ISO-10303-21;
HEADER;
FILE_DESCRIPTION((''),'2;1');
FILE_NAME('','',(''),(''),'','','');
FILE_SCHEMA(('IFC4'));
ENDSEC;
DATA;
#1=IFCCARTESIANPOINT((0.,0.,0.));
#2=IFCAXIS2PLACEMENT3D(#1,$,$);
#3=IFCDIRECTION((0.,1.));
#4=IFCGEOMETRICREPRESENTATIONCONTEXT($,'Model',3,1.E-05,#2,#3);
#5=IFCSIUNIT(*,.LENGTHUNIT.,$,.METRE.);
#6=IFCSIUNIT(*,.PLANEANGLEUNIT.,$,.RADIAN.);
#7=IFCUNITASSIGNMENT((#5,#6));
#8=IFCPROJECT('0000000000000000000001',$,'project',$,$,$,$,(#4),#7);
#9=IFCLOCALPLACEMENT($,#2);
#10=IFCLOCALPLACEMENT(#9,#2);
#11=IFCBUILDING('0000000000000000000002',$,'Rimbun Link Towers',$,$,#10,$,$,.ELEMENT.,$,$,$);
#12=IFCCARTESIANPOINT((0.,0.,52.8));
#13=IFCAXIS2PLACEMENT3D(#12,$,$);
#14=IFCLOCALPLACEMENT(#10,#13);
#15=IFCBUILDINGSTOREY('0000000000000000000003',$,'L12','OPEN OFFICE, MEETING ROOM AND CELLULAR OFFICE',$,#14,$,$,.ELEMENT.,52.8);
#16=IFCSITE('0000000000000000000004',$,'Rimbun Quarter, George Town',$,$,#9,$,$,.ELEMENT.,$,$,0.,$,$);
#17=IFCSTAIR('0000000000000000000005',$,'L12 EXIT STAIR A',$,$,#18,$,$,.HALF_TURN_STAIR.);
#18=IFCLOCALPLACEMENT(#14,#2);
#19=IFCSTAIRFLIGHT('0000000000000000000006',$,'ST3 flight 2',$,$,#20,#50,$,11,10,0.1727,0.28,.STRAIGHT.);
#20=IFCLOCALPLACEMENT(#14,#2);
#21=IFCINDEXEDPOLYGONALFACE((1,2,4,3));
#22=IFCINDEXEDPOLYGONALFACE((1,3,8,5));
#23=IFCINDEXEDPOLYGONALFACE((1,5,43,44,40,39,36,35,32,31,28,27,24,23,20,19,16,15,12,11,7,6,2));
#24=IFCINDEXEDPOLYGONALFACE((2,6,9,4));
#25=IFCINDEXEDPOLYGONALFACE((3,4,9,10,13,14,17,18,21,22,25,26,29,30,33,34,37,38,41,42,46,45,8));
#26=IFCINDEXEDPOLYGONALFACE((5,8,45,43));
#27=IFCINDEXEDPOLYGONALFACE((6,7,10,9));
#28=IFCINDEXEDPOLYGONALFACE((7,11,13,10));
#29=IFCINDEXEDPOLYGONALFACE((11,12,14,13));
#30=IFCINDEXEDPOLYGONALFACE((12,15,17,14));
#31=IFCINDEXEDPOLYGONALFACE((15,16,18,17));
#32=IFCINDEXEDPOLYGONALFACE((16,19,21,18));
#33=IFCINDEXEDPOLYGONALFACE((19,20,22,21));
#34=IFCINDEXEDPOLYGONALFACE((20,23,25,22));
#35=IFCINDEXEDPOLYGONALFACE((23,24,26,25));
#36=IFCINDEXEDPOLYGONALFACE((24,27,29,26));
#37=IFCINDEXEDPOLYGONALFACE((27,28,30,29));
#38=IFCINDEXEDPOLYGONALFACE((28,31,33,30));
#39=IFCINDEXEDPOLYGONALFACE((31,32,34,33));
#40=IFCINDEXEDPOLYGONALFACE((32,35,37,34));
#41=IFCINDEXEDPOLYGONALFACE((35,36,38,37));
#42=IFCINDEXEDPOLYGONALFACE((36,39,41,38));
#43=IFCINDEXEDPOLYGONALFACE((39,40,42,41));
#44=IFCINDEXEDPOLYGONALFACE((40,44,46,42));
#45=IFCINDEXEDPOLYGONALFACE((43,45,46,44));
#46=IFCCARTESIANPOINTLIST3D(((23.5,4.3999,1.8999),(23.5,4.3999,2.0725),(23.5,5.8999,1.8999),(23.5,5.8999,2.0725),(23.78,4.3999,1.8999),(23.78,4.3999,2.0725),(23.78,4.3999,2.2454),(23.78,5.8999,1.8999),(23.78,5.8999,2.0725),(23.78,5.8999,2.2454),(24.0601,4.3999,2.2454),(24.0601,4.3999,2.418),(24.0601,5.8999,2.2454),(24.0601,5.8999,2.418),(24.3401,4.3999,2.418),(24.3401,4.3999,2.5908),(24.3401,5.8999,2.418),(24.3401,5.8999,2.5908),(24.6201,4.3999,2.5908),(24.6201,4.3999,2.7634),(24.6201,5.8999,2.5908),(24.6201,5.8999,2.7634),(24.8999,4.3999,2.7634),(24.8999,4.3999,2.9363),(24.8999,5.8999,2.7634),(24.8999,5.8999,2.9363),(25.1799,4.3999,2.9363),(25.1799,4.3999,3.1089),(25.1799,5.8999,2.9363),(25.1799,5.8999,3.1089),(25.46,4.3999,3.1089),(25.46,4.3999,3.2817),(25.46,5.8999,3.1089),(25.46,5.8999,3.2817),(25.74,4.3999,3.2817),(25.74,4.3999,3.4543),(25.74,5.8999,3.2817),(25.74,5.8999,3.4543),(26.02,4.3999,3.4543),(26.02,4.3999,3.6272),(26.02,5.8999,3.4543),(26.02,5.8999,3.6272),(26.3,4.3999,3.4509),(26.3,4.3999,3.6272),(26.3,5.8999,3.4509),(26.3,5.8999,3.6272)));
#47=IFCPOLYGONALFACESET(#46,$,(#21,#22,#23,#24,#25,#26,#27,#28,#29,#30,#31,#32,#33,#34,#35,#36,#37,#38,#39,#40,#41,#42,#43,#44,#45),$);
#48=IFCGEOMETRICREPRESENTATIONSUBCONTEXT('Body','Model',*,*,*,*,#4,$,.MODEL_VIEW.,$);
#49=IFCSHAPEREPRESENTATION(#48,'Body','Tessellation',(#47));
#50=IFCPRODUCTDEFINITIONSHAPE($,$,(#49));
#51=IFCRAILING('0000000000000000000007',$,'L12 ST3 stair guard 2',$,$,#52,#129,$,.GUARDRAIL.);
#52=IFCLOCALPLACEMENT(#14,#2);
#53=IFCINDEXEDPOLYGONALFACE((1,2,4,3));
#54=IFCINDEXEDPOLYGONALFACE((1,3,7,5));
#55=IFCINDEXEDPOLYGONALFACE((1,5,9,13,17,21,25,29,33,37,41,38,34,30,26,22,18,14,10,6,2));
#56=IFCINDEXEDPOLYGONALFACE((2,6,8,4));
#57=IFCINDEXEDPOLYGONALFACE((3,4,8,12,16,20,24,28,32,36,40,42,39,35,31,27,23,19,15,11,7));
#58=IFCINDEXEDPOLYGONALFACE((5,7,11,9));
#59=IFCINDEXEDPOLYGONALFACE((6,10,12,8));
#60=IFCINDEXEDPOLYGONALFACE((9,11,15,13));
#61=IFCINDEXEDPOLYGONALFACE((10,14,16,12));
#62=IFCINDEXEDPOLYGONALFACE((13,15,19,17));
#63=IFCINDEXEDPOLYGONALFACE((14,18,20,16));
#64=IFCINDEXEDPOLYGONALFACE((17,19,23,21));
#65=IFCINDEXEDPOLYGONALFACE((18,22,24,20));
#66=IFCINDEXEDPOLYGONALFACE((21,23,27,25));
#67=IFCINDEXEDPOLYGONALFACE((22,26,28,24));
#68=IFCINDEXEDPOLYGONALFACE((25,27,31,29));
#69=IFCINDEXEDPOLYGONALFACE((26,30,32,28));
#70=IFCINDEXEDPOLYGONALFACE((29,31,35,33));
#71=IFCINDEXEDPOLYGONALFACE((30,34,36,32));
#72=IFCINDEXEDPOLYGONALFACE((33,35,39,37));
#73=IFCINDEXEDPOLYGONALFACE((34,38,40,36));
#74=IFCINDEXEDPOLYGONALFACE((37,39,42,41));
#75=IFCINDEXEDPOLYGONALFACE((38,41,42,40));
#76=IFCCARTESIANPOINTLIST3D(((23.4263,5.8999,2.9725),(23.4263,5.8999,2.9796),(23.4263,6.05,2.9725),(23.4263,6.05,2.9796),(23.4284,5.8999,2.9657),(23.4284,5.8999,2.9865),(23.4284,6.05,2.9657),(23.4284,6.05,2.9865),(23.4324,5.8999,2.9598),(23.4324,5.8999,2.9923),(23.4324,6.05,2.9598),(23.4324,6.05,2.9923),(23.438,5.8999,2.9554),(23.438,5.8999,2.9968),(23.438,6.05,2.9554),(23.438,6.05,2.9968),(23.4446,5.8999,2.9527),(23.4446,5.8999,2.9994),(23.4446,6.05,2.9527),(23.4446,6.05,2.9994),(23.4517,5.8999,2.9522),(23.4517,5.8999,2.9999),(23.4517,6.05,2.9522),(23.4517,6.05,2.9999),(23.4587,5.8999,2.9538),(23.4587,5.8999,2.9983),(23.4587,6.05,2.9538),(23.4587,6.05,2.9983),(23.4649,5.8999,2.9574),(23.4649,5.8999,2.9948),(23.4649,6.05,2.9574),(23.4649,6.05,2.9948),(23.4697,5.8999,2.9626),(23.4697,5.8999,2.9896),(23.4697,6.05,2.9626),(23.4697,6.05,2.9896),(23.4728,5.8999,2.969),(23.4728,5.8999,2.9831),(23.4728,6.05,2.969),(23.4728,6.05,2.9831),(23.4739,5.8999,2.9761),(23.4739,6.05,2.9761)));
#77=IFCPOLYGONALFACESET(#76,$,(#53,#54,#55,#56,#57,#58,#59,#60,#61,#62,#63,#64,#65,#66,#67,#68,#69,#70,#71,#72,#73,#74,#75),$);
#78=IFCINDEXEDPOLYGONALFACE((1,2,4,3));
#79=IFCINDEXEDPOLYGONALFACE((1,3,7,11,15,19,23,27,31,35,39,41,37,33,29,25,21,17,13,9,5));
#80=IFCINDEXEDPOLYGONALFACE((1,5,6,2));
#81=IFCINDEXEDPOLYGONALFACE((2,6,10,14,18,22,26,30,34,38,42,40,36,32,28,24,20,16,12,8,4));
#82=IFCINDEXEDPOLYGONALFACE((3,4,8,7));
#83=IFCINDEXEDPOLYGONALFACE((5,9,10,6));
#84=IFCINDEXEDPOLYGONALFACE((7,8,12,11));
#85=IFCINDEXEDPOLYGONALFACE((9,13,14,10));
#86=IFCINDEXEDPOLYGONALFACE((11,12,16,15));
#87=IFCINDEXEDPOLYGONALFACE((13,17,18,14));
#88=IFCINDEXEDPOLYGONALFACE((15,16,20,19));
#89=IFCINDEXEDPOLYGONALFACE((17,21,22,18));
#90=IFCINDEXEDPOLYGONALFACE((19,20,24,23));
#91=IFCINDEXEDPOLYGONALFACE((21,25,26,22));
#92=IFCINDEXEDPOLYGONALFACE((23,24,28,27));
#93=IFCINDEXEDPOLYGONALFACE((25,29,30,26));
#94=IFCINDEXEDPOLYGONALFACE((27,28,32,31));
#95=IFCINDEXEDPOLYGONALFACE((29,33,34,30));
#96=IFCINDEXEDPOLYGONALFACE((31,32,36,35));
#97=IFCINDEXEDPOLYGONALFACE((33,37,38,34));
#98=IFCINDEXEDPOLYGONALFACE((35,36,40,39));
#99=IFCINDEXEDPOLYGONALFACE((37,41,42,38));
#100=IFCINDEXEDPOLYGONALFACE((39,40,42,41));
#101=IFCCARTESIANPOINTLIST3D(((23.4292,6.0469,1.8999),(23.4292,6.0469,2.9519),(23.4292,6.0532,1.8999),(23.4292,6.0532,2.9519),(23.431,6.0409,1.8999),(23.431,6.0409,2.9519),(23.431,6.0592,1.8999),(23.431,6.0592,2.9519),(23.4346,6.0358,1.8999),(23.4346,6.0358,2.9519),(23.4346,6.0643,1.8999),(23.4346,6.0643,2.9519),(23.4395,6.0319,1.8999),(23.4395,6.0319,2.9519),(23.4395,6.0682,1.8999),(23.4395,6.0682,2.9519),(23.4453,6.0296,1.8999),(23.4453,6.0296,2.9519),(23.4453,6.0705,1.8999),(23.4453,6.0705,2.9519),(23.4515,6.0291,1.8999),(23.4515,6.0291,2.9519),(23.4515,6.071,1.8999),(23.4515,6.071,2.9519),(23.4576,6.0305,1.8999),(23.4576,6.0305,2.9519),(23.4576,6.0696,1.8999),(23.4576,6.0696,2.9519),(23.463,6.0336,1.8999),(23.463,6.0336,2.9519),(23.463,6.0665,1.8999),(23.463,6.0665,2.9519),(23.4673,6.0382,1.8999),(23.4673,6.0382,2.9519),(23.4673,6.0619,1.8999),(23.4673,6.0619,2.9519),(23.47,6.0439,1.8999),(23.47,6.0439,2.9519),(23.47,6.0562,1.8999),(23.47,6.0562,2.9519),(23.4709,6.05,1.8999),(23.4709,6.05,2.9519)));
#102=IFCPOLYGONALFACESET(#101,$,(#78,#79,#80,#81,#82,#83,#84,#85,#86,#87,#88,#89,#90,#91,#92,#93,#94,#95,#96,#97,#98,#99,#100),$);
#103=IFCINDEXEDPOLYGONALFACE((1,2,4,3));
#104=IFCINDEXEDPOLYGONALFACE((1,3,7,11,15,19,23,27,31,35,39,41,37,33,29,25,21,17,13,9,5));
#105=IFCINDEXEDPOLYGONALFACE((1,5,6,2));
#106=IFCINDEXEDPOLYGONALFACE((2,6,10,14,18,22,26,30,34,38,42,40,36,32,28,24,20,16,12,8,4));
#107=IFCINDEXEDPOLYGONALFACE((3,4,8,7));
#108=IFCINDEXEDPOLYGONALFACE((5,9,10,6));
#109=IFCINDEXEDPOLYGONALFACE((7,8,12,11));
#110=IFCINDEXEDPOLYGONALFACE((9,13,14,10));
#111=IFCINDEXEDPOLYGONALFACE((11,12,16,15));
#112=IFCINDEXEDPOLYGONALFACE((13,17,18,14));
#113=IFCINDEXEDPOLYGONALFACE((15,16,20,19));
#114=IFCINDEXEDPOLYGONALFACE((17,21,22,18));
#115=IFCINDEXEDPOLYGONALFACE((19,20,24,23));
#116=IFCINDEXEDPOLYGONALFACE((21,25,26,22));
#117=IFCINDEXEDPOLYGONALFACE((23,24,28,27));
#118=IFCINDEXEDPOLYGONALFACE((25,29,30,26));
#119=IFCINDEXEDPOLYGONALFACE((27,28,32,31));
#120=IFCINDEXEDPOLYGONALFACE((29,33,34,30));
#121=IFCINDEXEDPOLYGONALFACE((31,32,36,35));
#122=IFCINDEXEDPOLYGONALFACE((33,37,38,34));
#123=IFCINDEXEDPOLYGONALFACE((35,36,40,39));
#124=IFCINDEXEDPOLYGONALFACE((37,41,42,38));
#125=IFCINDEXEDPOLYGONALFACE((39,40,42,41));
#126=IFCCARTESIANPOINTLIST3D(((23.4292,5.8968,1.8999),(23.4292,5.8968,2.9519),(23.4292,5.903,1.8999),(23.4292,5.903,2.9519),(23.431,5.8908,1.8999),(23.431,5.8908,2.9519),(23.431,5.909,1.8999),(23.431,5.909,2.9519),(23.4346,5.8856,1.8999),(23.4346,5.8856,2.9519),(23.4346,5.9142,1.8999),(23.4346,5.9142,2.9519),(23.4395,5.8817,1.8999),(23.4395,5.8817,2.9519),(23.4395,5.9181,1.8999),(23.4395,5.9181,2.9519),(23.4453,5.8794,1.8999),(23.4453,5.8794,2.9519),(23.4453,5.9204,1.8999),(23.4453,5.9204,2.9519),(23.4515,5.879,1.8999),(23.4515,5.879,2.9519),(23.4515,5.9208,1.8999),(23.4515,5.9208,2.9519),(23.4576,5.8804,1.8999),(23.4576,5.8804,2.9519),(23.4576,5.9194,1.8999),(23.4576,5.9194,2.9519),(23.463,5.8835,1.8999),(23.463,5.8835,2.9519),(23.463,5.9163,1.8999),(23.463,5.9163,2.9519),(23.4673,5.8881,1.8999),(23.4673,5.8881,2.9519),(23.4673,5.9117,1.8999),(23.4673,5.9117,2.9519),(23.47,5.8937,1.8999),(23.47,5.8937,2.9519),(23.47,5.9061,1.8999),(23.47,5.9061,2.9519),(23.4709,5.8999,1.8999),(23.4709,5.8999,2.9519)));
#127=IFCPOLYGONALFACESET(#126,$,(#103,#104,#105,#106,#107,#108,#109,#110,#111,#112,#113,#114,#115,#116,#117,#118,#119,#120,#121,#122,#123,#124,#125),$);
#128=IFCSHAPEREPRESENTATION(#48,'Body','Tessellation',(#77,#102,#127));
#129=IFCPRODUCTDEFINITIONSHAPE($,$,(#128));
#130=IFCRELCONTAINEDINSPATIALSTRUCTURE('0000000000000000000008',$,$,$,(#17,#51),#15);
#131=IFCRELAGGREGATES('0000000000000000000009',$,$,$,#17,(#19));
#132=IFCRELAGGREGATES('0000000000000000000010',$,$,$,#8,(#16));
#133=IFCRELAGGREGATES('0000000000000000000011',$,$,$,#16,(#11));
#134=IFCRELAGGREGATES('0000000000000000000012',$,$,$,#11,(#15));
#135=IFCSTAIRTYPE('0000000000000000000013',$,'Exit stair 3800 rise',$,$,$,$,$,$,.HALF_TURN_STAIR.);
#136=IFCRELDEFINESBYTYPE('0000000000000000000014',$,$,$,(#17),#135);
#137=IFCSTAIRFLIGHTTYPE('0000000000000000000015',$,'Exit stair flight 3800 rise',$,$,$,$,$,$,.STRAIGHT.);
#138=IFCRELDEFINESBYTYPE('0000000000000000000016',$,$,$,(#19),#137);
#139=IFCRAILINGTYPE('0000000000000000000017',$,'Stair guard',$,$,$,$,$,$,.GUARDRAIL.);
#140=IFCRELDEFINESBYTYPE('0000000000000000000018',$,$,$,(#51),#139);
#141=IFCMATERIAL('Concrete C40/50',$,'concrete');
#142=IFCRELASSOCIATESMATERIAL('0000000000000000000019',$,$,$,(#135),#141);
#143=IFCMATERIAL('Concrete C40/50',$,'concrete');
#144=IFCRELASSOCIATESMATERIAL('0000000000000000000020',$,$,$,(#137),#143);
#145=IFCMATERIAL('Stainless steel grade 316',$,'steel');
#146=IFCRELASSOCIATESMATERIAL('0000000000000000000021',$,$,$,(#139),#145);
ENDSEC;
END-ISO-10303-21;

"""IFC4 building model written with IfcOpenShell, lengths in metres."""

from ifc_helpers import new_model, si_unit, direction, frame, origin, origin_2d, place, context, subcontext, project, spatial, polyline, circle, outline, extrude, material, type_object, element, aggregate, save


model = new_model("IFC4")

# Units and contexts
model_context = context("Model", 3, precision=1e-05, world=origin(), true_north=direction((0.0, 1.0)))
body_context = subcontext(model_context, "Body", "Model", "MODEL_VIEW")
ifc_project = project(units=[si_unit("LENGTHUNIT", "METRE"), si_unit("PLANEANGLEUNIT", "RADIAN")], contexts=[model_context])

# Site, building, storey
site_placement = place(None, origin())
site = spatial("IfcSite", under=ifc_project, at=site_placement, Name="Rimbun Quarter, George Town", CompositionType="ELEMENT", RefElevation=0.0)
building_placement = place(site_placement, origin())
building = spatial("IfcBuilding", under=site, at=building_placement, Name="Rimbun Link Towers", CompositionType="ELEMENT")
storey_placement = place(building_placement, frame((0.0, 0.0, 52.8)))
storey = spatial("IfcBuildingStorey", under=building, at=storey_placement, Name="L12", Description="OPEN OFFICE, MEETING ROOM AND CELLULAR OFFICE", CompositionType="ELEMENT", Elevation=52.8)

# Stair, stair flight
ifc_material_1 = material(Name="Concrete C40/50", Category="concrete")
stair_type = type_object("IfcStairType", Name="Exit stair 3800 rise", PredefinedType="HALF_TURN_STAIR", material=ifc_material_1)
stair_placement = place(storey_placement, origin())
stair = element("IfcStair", 1, at=stair_placement, inside=storey, type_object=stair_type, Name="L12 EXIT STAIR A", PredefinedType="HALF_TURN_STAIR")
ifc_material_2 = material(Name="Concrete C40/50", Category="concrete")
stair_flight_type = type_object("IfcStairFlightType", Name="Exit stair flight 3800 rise", PredefinedType="STRAIGHT", material=ifc_material_2)
stair_flight_placement = place(storey_placement, frame((23.5, 5.1499, 1.8999), z_axis=(0.0, 0.0, 1.0), x_axis=(1.0, 0.0, 0.0)))
stair_flight = element("IfcStairFlight", 2, at=stair_flight_placement, type_object=stair_flight_type, Name="ST3 flight 2", NumberOfRisers=11, NumberOfTreads=10, PredefinedType="STRAIGHT", RiserHeight=0.1727, TreadLength=0.28, context=body_context, shape_type="SweptSolid", body=[
    extrude(outline(polyline([(0.0, 0.0), (0.0, 0.1726), (0.28, 0.1726), (0.28, 0.3455), (0.5601, 0.3455), (0.5601, 0.5181), (0.8401, 0.5181), (0.8401, 0.6909), (1.1201, 0.6909), (1.1201, 0.8635), (1.3999, 0.8635), (1.3999, 1.0364), (1.6799, 1.0364), (1.6799, 1.209), (1.96, 1.209), (1.96, 1.3818), (2.24, 1.3818), (2.24, 1.5544), (2.52, 1.5544), (2.52, 1.7273), (2.8, 1.7273), (2.8, 1.8999), (2.8, 1.551), (0.28, 0.0), (0.0, 0.0)])), frame((0.0, 0.75, 0.0), z_axis=(0.0, -1.0, 0.0), x_axis=(1.0, 0.0, 0.0)), (0.0, 0.0, 1.0), 1.5),
])
aggregate(stair, [stair_flight])

# Railing
ifc_material_3 = material(Name="Stainless steel grade 316", Category="steel")
railing_type_1 = type_object("IfcRailingType", Name="Stair guard", PredefinedType="GUARDRAIL", material=ifc_material_3)
railing_1_placement = place(storey_placement, frame((23.45, 6.05, 1.8999)))
element("IfcRailing", 3, at=railing_1_placement, inside=storey, type_object=railing_type_1, Name="L12 ST3 stair guard 2", PredefinedType="GUARDRAIL", context=body_context, shape_type="SweptSolid", body=[
    extrude(circle(Radius=0.0239, at=origin_2d()), frame((0.0, 0.0, 1.0762), z_axis=(0.0, -1.0, 0.0), x_axis=(1.0, 0.0, 0.0)), (0.0, 0.0, 1.0), 0.1501),
    extrude(circle(Radius=0.021, at=origin_2d()), origin(), (0.0, 0.0, 1.0), 1.052),
    extrude(circle(Radius=0.021, at=origin_2d()), frame((0.0, -0.1501, 0.0)), (0.0, 0.0, 1.0), 1.052),
])

save(model, "model.ifc")
